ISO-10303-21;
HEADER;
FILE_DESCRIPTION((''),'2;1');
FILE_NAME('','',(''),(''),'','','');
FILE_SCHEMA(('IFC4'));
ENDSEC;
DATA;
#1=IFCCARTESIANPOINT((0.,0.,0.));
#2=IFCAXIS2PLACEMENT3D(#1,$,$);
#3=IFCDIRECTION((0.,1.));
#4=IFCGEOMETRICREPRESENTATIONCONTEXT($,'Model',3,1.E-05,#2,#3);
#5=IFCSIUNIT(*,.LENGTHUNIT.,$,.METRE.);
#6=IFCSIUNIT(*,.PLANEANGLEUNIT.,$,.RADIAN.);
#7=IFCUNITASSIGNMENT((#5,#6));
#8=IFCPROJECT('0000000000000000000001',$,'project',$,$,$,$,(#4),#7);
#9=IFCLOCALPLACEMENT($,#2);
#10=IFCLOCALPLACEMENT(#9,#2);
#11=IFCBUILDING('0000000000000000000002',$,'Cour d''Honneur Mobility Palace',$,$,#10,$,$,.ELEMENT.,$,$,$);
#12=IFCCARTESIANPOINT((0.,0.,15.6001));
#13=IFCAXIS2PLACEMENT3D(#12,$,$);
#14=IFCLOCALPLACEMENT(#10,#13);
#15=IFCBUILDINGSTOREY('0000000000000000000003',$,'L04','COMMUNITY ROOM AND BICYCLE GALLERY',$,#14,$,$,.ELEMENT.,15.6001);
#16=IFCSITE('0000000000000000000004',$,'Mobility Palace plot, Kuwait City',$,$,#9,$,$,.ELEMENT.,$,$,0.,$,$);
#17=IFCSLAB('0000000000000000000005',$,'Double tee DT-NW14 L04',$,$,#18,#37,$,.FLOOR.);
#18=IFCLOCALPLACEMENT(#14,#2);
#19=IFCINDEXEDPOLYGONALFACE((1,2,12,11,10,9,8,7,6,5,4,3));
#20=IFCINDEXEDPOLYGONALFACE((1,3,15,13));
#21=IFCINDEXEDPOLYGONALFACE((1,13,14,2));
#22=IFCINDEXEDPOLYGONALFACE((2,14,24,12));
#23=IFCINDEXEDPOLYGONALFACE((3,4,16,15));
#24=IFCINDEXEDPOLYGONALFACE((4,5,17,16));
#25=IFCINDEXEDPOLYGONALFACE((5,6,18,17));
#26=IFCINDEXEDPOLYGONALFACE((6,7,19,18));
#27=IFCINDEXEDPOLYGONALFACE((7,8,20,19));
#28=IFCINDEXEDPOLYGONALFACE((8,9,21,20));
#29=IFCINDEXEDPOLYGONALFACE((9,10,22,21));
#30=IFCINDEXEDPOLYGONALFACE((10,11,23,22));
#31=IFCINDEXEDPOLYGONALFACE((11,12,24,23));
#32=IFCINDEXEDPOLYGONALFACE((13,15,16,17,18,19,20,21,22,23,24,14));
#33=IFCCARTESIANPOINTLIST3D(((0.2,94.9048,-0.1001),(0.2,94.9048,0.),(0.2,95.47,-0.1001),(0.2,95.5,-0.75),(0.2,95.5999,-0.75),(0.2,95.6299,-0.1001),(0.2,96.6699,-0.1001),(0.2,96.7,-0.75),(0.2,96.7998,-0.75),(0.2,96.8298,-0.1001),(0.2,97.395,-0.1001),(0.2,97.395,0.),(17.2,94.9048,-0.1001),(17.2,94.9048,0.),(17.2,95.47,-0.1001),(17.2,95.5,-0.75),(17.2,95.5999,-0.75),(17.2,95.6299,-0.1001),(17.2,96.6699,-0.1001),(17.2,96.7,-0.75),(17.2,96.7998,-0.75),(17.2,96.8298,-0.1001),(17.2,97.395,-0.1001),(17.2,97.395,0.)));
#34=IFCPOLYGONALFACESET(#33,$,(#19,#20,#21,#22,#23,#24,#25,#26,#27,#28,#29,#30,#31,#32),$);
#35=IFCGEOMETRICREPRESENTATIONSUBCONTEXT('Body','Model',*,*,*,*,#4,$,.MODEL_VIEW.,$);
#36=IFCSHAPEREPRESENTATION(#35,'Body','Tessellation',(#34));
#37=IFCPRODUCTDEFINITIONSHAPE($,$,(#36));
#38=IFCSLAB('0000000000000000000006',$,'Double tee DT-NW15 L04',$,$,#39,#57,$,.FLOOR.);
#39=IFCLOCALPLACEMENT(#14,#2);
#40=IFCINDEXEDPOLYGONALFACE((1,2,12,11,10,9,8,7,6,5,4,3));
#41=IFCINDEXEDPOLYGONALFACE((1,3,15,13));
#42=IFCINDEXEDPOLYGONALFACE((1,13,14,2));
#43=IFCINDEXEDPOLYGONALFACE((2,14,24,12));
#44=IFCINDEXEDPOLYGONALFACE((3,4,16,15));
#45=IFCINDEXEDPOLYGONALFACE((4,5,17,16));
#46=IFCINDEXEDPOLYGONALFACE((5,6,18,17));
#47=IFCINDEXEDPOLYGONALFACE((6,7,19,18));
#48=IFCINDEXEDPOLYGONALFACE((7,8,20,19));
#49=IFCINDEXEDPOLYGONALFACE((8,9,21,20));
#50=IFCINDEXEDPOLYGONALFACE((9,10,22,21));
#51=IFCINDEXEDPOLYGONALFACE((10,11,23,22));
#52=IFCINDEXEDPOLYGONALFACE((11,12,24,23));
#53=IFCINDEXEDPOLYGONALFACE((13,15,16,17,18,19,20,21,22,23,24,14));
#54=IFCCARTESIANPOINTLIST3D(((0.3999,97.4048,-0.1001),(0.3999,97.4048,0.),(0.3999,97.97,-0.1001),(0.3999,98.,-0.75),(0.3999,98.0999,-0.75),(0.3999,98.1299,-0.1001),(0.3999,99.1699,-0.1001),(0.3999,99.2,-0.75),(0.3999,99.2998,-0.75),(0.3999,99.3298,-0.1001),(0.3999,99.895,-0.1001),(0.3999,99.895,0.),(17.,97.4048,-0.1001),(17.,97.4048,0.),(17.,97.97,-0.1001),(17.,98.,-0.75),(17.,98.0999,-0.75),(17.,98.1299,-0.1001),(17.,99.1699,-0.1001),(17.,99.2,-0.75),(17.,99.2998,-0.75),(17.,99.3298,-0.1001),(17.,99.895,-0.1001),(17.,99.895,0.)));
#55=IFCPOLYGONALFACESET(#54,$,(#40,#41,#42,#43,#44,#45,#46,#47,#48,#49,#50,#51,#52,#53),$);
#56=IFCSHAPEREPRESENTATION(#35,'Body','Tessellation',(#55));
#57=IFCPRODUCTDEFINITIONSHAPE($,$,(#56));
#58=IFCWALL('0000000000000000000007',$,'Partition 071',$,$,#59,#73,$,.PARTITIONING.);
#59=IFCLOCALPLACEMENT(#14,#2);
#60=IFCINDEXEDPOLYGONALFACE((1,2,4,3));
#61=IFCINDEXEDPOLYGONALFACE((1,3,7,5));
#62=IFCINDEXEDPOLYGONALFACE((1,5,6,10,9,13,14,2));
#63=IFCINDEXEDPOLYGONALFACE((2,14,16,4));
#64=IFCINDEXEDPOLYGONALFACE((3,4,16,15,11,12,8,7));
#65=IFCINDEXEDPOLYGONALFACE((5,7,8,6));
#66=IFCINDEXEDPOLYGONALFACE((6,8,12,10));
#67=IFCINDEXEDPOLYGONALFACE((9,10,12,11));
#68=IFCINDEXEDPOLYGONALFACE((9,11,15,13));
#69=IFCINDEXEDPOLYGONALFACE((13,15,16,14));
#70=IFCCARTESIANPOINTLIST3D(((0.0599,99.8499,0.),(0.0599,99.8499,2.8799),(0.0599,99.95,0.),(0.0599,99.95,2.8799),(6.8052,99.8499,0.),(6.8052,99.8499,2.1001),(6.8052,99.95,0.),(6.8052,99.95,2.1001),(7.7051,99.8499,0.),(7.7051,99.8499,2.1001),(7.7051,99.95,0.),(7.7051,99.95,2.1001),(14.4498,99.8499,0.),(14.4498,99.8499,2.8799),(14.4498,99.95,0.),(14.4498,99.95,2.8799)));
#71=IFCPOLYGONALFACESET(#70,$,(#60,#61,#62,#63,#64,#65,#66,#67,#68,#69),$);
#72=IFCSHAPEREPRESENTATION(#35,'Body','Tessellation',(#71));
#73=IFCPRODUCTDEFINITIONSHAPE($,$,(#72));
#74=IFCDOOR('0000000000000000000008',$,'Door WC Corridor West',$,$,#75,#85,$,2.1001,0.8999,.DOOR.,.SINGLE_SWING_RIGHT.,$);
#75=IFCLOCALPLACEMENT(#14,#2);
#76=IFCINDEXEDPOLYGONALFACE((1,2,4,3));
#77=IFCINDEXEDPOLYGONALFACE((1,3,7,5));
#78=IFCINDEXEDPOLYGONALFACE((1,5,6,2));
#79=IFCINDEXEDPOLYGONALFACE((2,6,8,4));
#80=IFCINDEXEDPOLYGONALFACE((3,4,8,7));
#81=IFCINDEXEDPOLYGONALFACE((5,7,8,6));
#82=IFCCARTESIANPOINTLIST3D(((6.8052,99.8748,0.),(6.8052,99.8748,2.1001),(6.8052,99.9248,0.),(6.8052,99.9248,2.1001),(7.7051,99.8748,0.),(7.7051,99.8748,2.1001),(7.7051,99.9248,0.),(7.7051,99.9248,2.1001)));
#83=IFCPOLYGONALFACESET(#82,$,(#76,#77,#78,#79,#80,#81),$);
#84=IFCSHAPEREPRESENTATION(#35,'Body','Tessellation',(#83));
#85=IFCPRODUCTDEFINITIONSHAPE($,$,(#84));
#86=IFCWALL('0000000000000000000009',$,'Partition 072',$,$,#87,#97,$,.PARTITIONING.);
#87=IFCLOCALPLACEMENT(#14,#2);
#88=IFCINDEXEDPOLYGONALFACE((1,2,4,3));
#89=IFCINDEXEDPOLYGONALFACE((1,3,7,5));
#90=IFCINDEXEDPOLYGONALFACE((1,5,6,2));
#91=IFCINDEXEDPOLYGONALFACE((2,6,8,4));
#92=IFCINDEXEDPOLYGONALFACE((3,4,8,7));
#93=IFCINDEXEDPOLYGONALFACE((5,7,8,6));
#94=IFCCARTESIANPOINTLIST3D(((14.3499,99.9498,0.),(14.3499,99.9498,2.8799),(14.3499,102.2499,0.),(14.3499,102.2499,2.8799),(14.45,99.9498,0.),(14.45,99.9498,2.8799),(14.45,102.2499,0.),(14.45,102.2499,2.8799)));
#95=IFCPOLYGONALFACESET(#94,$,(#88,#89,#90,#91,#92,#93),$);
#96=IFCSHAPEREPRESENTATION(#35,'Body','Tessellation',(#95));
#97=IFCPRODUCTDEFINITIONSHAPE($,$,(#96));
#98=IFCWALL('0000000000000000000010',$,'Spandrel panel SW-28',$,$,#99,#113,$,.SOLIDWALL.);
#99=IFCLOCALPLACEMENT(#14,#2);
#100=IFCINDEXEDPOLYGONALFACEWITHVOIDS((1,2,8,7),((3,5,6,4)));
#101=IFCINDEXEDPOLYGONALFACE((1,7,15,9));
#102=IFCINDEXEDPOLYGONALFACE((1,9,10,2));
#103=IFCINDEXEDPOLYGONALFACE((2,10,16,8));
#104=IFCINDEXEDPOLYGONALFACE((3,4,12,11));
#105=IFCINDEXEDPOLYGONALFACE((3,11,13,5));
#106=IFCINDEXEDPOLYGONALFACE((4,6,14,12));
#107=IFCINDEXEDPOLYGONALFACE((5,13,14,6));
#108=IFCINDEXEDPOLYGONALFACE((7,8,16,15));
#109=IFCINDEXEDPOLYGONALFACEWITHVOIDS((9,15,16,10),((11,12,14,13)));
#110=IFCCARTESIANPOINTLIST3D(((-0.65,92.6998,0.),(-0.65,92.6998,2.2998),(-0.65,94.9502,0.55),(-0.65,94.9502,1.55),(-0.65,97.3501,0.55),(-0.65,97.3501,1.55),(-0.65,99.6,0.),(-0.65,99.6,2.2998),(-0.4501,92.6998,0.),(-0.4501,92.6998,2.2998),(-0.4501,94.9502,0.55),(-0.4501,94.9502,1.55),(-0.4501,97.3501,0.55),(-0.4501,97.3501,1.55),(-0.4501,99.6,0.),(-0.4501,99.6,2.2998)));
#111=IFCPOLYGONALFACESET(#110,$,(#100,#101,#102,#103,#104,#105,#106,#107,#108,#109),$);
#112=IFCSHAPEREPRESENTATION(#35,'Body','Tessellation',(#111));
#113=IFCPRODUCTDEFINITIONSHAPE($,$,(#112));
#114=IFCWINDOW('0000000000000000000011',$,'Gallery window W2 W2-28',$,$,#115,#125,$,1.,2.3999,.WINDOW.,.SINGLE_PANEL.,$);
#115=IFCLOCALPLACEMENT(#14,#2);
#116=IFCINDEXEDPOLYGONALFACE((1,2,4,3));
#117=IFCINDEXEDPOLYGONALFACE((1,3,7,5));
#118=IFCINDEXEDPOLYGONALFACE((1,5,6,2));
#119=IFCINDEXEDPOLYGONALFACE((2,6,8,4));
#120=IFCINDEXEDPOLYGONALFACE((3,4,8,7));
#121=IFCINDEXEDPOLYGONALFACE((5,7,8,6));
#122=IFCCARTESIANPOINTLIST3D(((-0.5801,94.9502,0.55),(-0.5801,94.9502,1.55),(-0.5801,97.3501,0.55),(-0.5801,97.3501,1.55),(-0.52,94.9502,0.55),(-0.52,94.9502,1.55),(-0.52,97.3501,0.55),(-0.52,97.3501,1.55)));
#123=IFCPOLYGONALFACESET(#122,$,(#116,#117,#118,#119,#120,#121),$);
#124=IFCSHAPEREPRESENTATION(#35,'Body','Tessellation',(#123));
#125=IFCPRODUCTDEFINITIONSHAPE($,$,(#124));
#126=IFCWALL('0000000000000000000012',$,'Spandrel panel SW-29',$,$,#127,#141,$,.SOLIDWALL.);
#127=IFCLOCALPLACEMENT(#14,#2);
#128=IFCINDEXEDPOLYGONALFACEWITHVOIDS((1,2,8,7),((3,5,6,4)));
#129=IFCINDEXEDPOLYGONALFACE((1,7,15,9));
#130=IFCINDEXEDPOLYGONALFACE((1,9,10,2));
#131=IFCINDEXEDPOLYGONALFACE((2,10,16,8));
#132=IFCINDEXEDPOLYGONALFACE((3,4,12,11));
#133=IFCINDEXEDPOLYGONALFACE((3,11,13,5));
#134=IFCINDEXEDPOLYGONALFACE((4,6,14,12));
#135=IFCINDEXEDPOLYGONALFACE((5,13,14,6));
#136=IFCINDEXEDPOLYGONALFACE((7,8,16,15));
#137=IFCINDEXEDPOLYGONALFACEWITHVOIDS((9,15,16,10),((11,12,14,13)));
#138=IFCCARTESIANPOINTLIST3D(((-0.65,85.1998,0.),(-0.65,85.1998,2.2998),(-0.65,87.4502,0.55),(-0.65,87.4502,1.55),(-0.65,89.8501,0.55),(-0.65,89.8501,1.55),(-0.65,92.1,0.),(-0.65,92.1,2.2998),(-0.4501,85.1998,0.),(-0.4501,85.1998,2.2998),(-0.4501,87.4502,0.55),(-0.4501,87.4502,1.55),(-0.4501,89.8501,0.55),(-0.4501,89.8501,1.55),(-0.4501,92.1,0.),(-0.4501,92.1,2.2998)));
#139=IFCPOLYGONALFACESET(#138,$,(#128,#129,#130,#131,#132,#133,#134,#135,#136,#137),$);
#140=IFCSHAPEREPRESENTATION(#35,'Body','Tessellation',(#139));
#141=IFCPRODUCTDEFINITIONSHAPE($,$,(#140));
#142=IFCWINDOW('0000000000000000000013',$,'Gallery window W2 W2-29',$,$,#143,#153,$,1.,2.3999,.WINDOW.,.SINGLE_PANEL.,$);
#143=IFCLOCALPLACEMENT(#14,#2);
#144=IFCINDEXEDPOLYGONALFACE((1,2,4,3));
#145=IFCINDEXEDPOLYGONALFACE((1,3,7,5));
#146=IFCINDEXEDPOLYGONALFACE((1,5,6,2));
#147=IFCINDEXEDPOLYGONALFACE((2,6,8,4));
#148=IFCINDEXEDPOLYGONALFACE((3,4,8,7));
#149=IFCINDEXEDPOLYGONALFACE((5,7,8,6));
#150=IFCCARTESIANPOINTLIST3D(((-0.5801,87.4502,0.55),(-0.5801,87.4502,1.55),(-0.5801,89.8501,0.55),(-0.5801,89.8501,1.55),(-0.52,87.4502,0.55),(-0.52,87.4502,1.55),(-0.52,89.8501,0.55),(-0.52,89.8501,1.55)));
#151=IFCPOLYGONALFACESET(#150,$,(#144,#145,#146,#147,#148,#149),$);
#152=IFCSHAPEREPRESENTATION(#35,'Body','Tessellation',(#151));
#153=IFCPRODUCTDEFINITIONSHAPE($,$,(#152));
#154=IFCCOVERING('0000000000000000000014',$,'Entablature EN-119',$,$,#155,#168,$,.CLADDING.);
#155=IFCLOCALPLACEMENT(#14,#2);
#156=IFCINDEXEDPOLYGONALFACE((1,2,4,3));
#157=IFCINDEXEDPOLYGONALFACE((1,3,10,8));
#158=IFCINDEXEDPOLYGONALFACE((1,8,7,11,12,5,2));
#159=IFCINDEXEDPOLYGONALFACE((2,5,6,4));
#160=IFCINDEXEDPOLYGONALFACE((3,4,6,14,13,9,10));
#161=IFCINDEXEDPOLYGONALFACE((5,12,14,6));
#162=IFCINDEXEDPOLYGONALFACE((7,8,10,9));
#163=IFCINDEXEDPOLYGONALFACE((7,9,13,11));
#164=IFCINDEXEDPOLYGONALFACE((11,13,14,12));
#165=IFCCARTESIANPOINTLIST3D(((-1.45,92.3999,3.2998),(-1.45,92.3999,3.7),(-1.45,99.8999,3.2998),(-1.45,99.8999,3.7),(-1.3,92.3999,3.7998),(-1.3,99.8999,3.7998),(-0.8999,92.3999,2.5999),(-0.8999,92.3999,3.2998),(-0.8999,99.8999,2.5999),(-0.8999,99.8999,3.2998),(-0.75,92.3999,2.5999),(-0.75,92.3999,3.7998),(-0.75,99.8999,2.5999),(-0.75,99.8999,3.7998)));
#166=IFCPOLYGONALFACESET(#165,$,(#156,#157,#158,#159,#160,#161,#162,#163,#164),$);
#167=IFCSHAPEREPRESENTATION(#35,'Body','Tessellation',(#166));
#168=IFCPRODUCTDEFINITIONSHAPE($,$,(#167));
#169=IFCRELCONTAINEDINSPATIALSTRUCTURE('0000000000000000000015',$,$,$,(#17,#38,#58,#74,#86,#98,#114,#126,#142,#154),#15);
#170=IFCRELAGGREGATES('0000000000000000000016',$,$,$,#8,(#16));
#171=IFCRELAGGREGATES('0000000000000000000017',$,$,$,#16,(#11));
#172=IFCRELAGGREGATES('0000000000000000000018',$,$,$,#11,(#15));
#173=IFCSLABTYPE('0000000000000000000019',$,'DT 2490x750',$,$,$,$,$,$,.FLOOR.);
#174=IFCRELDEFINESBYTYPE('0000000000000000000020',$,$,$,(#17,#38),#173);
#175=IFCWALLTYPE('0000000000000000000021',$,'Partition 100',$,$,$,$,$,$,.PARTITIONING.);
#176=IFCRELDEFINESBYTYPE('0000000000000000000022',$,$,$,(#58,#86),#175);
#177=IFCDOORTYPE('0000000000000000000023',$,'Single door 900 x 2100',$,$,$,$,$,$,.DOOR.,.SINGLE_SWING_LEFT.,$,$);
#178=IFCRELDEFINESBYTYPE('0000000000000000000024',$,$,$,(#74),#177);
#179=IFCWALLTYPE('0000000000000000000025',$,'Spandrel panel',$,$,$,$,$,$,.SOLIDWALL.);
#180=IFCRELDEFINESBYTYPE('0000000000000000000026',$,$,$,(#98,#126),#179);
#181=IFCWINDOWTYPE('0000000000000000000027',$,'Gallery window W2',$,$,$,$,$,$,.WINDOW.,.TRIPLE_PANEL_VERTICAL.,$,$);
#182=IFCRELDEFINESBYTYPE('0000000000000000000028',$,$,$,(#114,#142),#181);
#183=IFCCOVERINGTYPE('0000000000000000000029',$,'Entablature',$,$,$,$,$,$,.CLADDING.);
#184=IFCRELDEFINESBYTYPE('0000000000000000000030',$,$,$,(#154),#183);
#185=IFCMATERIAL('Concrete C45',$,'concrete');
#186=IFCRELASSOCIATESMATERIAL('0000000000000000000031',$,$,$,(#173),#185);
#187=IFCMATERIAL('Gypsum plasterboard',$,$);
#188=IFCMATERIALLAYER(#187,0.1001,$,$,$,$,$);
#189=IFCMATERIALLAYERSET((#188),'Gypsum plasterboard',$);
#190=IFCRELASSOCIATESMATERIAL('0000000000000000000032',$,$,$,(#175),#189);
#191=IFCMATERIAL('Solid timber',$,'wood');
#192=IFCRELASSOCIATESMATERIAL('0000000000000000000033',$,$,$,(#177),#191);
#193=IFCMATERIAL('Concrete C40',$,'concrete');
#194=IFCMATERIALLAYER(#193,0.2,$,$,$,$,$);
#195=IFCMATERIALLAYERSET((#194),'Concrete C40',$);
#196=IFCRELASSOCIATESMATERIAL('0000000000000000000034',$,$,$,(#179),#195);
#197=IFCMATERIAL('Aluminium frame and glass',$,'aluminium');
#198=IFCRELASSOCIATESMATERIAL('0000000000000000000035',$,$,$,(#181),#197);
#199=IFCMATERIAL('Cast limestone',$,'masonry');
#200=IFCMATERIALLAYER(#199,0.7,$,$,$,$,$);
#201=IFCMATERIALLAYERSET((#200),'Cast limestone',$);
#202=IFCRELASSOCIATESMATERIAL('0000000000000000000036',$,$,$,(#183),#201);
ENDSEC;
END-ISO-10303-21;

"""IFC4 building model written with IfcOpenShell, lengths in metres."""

from ifc_helpers import new_model, si_unit, direction, frame, frame_2d, origin, place, context, subcontext, project, spatial, polyline, rectangle, outline, extrude, material, layer, layer_set, material_profile, profile_set, type_object, element, fill, save


model = new_model("IFC4")

# Units and contexts
model_context = context("Model", 3, precision=1e-05, world=origin(), true_north=direction((0.0, 1.0)))
body_context = subcontext(model_context, "Body", "Model", "MODEL_VIEW")
ifc_project = project(units=[si_unit("LENGTHUNIT", "METRE"), si_unit("PLANEANGLEUNIT", "RADIAN")], contexts=[model_context])

# Site, building, storey
site_placement = place(None, origin())
site = spatial("IfcSite", under=ifc_project, at=site_placement, Name="Mobility Palace plot, Kuwait City", CompositionType="ELEMENT", RefElevation=0.0)
building_placement = place(site_placement, origin())
building = spatial("IfcBuilding", under=site, at=building_placement, Name="Cour d'Honneur Mobility Palace", CompositionType="ELEMENT")
storey_placement = place(building_placement, frame((0.0, 0.0, 15.6001)))
storey = spatial("IfcBuildingStorey", under=building, at=storey_placement, Name="L04", Description="COMMUNITY ROOM AND BICYCLE GALLERY", CompositionType="ELEMENT", Elevation=15.6001)

# Slabs
ifc_material_1 = material(Name="Concrete C45", Category="concrete")
ifc_material_profile_1 = material_profile(ifc_material_1, outline(polyline([(-1.2451, 0.0), (1.2451, 0.0), (1.2451, -0.1001), (0.6799, -0.1001), (0.6499, -0.75), (0.55, -0.75), (0.52, -0.1001), (-0.52, -0.1001), (-0.55, -0.75), (-0.6499, -0.75), (-0.6799, -0.1001), (-1.2451, -0.1001), (-1.2451, 0.0)])), Name="DT 2490x750")
ifc_profile_set_1 = profile_set([ifc_material_profile_1], Name="Concrete C45")
slab_type = type_object("IfcSlabType", Name="DT 2490x750", PredefinedType="FLOOR", material=ifc_profile_set_1)
slab_1_placement = place(storey_placement, frame((0.2, 96.1499, 0.0), z_axis=(1.0, 0.0, 0.0), x_axis=(0.0, 1.0, 0.0)))
element("IfcSlab", 1, at=slab_1_placement, inside=storey, type_object=slab_type, Name="Double tee DT-NW14 L04", PredefinedType="FLOOR", context=body_context, shape_type="SweptSolid", body=[
    extrude(outline(polyline([(-1.2451, 0.0), (1.2451, 0.0), (1.2451, -0.1001), (0.6799, -0.1001), (0.6499, -0.75), (0.55, -0.75), (0.52, -0.1001), (-0.52, -0.1001), (-0.55, -0.75), (-0.6499, -0.75), (-0.6799, -0.1001), (-1.2451, -0.1001), (-1.2451, 0.0)])), origin(), (0.0, 0.0, 1.0), 17.0),
])
slab_2_placement = place(storey_placement, frame((0.3999, 98.6499, 0.0), z_axis=(1.0, 0.0, 0.0), x_axis=(0.0, 1.0, 0.0)))
element("IfcSlab", 2, at=slab_2_placement, inside=storey, type_object=slab_type, Name="Double tee DT-NW15 L04", PredefinedType="FLOOR", context=body_context, shape_type="SweptSolid", body=[
    extrude(outline(polyline([(-1.2451, 0.0), (1.2451, 0.0), (1.2451, -0.1001), (0.6799, -0.1001), (0.6499, -0.75), (0.55, -0.75), (0.52, -0.1001), (-0.52, -0.1001), (-0.55, -0.75), (-0.6499, -0.75), (-0.6799, -0.1001), (-1.2451, -0.1001), (-1.2451, 0.0)])), origin(), (0.0, 0.0, 1.0), 16.6001),
])

# Wall, opening, door
ifc_material_2 = material(Name="Gypsum plasterboard")
ifc_layer_1 = layer(ifc_material_2, 0.1001)
ifc_layer_set_1 = layer_set([ifc_layer_1], Name="Gypsum plasterboard")
wall_type_1 = type_object("IfcWallType", Name="Partition 100", PredefinedType="PARTITIONING", material=ifc_layer_set_1)
wall_1_placement = place(storey_placement, frame((0.0601, 99.8999, 0.0), z_axis=(0.0, 0.0, 1.0), x_axis=(1.0, 0.0, 0.0)))
wall_1 = element("IfcWall", 3, at=wall_1_placement, inside=storey, type_object=wall_type_1, Name="Partition 071", PredefinedType="PARTITIONING", context=body_context, shape_type="SweptSolid", body=[
    extrude(rectangle(XDim=14.3899, YDim=0.1001, at=frame_2d((7.1948, 0.0))), origin(), (0.0, 0.0, 1.0), 2.8799),
])
opening_1_placement = place(wall_1_placement, frame((6.7451, 0.0, 0.0)))
opening_1 = element("IfcOpeningElement", 4, at=opening_1_placement, cuts=wall_1, PredefinedType="OPENING", context=body_context, shape_type="SweptSolid", body=[
    extrude(rectangle(XDim=0.8999, YDim=2.1001, at=frame_2d((0.45, 1.05))), frame((0.0, 0.0601, 0.0), z_axis=(0.0, -1.0, 0.0), x_axis=(1.0, 0.0, 0.0)), (0.0, 0.0, 1.0), 0.1201),
])
ifc_material_3 = material(Name="Solid timber", Category="wood")
door_type = type_object("IfcDoorType", Name="Single door 900 x 2100", OperationType="SINGLE_SWING_LEFT", PredefinedType="DOOR", material=ifc_material_3)
door_placement = place(opening_1_placement, origin())
door = element("IfcDoor", 5, at=door_placement, inside=storey, type_object=door_type, Name="Door WC Corridor West", OperationType="SINGLE_SWING_RIGHT", OverallHeight=2.1001, OverallWidth=0.8999, PredefinedType="DOOR", context=body_context, shape_type="SweptSolid", body=[
    extrude(rectangle(XDim=0.8999, YDim=2.1001, at=frame_2d((0.45, 1.05))), frame((0.0, 0.0249, 0.0), z_axis=(0.0, -1.0, 0.0), x_axis=(1.0, 0.0, 0.0)), (0.0, 0.0, 1.0), 0.05),
])
fill(opening_1, door)

# Wall
wall_2_placement = place(storey_placement, frame((14.3999, 99.95, 0.0), z_axis=(0.0, 0.0, 1.0), x_axis=(0.0, 1.0, 0.0)))
element("IfcWall", 6, at=wall_2_placement, inside=storey, type_object=wall_type_1, Name="Partition 072", PredefinedType="PARTITIONING", context=body_context, shape_type="SweptSolid", body=[
    extrude(rectangle(XDim=2.3, YDim=0.1001, at=frame_2d((1.1499, 0.0))), origin(), (0.0, 0.0, 1.0), 2.8799),
])

# Walls, openings, windows
ifc_material_4 = material(Name="Concrete C40", Category="concrete")
ifc_layer_2 = layer(ifc_material_4, 0.2)
ifc_layer_set_2 = layer_set([ifc_layer_2], Name="Concrete C40")
wall_type_2 = type_object("IfcWallType", Name="Spandrel panel", PredefinedType="SOLIDWALL", material=ifc_layer_set_2)
wall_3_placement = place(storey_placement, frame((-0.55, 99.6001, 0.0), z_axis=(0.0, 0.0, 1.0), x_axis=(0.0, -1.0, 0.0)))
wall_3 = element("IfcWall", 7, at=wall_3_placement, inside=storey, type_object=wall_type_2, Name="Spandrel panel SW-28", PredefinedType="SOLIDWALL", context=body_context, shape_type="SweptSolid", body=[
    extrude(rectangle(XDim=6.9001, YDim=0.2, at=frame_2d((3.4502, 0.0))), origin(), (0.0, 0.0, 1.0), 2.2998),
])
opening_2_placement = place(wall_3_placement, frame((2.25, 0.0, 0.55)))
opening_2 = element("IfcOpeningElement", 8, at=opening_2_placement, cuts=wall_3, PredefinedType="OPENING", context=body_context, shape_type="SweptSolid", body=[
    extrude(rectangle(XDim=2.3999, YDim=1.0, at=frame_2d((1.2, 0.5))), frame((0.0, 0.1099, 0.0), z_axis=(0.0, -1.0, 0.0), x_axis=(1.0, 0.0, 0.0)), (0.0, 0.0, 1.0), 0.22),
])
ifc_material_5 = material(Name="Aluminium frame and glass", Category="aluminium")
window_type = type_object("IfcWindowType", Name="Gallery window W2", PartitioningType="TRIPLE_PANEL_VERTICAL", PredefinedType="WINDOW", material=ifc_material_5)
window_1_placement = place(opening_2_placement, origin())
window_1 = element("IfcWindow", 9, at=window_1_placement, inside=storey, type_object=window_type, Name="Gallery window W2 W2-28", OverallHeight=1.0, OverallWidth=2.3999, PartitioningType="SINGLE_PANEL", PredefinedType="WINDOW", context=body_context, shape_type="SweptSolid", body=[
    extrude(rectangle(XDim=2.3999, YDim=1.0, at=frame_2d((1.2, 0.5))), frame((0.0, 0.03, 0.0), z_axis=(0.0, -1.0, 0.0), x_axis=(1.0, 0.0, 0.0)), (0.0, 0.0, 1.0), 0.0601),
])
fill(opening_2, window_1)
wall_4_placement = place(storey_placement, frame((-0.55, 92.1001, 0.0), z_axis=(0.0, 0.0, 1.0), x_axis=(0.0, -1.0, 0.0)))
wall_4 = element("IfcWall", 10, at=wall_4_placement, inside=storey, type_object=wall_type_2, Name="Spandrel panel SW-29", PredefinedType="SOLIDWALL", context=body_context, shape_type="SweptSolid", body=[
    extrude(rectangle(XDim=6.9001, YDim=0.2, at=frame_2d((3.4502, 0.0))), origin(), (0.0, 0.0, 1.0), 2.2998),
])
opening_3_placement = place(wall_4_placement, frame((2.25, 0.0, 0.55)))
opening_3 = element("IfcOpeningElement", 11, at=opening_3_placement, cuts=wall_4, PredefinedType="OPENING", context=body_context, shape_type="SweptSolid", body=[
    extrude(rectangle(XDim=2.3999, YDim=1.0, at=frame_2d((1.2, 0.5))), frame((0.0, 0.1099, 0.0), z_axis=(0.0, -1.0, 0.0), x_axis=(1.0, 0.0, 0.0)), (0.0, 0.0, 1.0), 0.22),
])
window_2_placement = place(opening_3_placement, origin())
window_2 = element("IfcWindow", 12, at=window_2_placement, inside=storey, type_object=window_type, Name="Gallery window W2 W2-29", OverallHeight=1.0, OverallWidth=2.3999, PartitioningType="SINGLE_PANEL", PredefinedType="WINDOW", context=body_context, shape_type="SweptSolid", body=[
    extrude(rectangle(XDim=2.3999, YDim=1.0, at=frame_2d((1.2, 0.5))), frame((0.0, 0.03, 0.0), z_axis=(0.0, -1.0, 0.0), x_axis=(1.0, 0.0, 0.0)), (0.0, 0.0, 1.0), 0.0601),
])
fill(opening_3, window_2)

# Covering
ifc_material_6 = material(Name="Cast limestone", Category="masonry")
ifc_layer_3 = layer(ifc_material_6, 0.7)
ifc_layer_set_3 = layer_set([ifc_layer_3], Name="Cast limestone")
covering_type_1 = type_object("IfcCoveringType", Name="Entablature", PredefinedType="CLADDING", material=ifc_layer_set_3)
for number, where, z_axis, x_axis, name in (
    (13, (-0.75, 99.8999, 2.5999), (0.0, 1.0, 0.0), (-1.0, 0.0, 0.0), "Entablature EN-119"),
):
    element("IfcCovering", number, at=place(storey_placement, frame(where, z_axis=z_axis, x_axis=x_axis)), inside=storey, type_object=covering_type_1, Name=name, PredefinedType="CLADDING", context=body_context, shape_type="SweptSolid", body=[
        extrude(outline(polyline([(0.0, 0.0), (0.1499, 0.0), (0.1499, 0.7), (0.7, 0.7), (0.7, 1.1001), (0.55, 1.2), (0.0, 1.2), (0.0, 0.0)])), origin(), (0.0, 0.0, -1.0), 7.5),
    ])

save(model, "model.ifc")
